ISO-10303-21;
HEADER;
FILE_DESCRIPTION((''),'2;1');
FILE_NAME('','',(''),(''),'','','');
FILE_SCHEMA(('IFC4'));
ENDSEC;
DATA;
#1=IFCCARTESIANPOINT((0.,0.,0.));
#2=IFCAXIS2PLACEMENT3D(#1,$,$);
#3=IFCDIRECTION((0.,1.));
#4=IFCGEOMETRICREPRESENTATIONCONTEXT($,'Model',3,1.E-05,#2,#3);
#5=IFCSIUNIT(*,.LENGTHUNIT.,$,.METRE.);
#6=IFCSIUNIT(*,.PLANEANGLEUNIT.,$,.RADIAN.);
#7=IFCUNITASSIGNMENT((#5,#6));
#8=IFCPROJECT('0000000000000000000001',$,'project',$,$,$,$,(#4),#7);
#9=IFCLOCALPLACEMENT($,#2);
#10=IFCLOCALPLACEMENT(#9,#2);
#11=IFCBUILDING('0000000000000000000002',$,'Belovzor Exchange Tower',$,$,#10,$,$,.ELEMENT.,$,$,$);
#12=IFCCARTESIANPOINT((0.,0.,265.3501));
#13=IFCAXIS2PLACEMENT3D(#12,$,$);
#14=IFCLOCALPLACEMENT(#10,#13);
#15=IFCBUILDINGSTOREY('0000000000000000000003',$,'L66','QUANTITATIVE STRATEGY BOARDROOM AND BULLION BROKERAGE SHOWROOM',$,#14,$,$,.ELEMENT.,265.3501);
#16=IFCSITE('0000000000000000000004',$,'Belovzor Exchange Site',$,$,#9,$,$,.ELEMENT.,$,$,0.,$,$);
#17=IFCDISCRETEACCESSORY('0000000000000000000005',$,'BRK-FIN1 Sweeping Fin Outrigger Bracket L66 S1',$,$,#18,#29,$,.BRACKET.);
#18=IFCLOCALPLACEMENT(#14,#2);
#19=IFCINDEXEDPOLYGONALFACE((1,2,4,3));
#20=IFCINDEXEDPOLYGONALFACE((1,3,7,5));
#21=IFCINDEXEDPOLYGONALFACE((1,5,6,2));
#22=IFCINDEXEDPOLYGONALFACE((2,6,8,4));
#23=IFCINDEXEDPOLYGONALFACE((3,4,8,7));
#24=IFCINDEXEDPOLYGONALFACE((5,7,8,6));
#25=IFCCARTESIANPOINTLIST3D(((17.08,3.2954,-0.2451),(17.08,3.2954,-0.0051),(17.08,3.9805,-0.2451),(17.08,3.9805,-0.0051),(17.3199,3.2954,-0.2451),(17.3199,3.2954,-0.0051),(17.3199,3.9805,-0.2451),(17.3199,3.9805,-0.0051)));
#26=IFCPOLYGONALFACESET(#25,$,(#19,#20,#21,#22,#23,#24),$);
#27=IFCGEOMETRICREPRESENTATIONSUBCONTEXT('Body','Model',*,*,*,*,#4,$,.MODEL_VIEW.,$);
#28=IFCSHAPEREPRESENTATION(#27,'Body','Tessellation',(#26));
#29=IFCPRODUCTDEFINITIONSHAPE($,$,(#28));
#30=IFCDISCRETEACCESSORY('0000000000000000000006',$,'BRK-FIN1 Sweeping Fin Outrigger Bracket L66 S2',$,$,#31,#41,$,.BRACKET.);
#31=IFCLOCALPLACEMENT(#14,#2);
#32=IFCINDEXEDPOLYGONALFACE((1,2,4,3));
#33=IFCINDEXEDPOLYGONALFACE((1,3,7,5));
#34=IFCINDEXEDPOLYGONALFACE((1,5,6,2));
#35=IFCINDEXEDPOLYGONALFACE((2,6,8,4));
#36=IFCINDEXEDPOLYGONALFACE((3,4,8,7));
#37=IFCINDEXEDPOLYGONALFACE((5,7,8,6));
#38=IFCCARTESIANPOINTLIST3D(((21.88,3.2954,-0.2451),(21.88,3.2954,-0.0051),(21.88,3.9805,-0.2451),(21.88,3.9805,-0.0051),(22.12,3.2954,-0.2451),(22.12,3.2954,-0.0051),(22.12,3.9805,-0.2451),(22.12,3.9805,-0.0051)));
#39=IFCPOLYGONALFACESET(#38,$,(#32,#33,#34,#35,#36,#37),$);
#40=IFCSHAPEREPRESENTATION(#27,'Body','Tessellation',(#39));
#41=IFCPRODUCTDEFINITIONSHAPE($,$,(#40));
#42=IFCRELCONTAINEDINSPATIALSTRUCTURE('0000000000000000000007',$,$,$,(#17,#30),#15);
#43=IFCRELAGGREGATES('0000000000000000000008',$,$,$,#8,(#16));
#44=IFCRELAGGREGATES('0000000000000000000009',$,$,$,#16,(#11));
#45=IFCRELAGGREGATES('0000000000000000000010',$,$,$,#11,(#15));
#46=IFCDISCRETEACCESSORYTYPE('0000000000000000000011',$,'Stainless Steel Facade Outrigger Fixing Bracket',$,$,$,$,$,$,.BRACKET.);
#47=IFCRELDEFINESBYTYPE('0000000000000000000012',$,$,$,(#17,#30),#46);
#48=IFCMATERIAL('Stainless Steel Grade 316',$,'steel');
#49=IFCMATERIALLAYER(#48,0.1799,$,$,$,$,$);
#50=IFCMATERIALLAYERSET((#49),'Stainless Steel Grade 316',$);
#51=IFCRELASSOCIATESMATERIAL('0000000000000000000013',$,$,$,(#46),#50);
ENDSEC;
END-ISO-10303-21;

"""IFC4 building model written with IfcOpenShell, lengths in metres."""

from ifc_helpers import new_model, si_unit, direction, frame, origin, origin_2d, place, context, subcontext, project, spatial, rectangle, extrude, material, layer, layer_set, type_object, element, save


model = new_model("IFC4")

# Units and contexts
model_context = context("Model", 3, precision=1e-05, world=origin(), true_north=direction((0.0, 1.0)))
body_context = subcontext(model_context, "Body", "Model", "MODEL_VIEW")
ifc_project = project(units=[si_unit("LENGTHUNIT", "METRE"), si_unit("PLANEANGLEUNIT", "RADIAN")], contexts=[model_context])

# Site, building, storey
site_placement = place(None, origin())
site = spatial("IfcSite", under=ifc_project, at=site_placement, Name="Belovzor Exchange Site", CompositionType="ELEMENT", RefElevation=0.0)
building_placement = place(site_placement, origin())
building = spatial("IfcBuilding", under=site, at=building_placement, Name="Belovzor Exchange Tower", CompositionType="ELEMENT")
storey_placement = place(building_placement, frame((0.0, 0.0, 265.3501)))
storey = spatial("IfcBuildingStorey", under=building, at=storey_placement, Name="L66", Description="QUANTITATIVE STRATEGY BOARDROOM AND BULLION BROKERAGE SHOWROOM", CompositionType="ELEMENT", Elevation=265.3501)

# Discrete accessories
ifc_material_1 = material(Name="Stainless Steel Grade 316", Category="steel")
ifc_layer_1 = layer(ifc_material_1, 0.1799)
ifc_layer_set_1 = layer_set([ifc_layer_1], Name="Stainless Steel Grade 316")
discrete_accessory_type = type_object("IfcDiscreteAccessoryType", Name="Stainless Steel Facade Outrigger Fixing Bracket", PredefinedType="BRACKET", material=ifc_layer_set_1)
for number, where, z_axis, x_axis, name in (
    (1, (17.2, 3.6379, -0.2451), (0.0, 0.0, 1.0), (0.0, 1.0, 0.0), "BRK-FIN1 Sweeping Fin Outrigger Bracket L66 S1"),
    (2, (22.0, 3.6379, -0.2451), (0.0, 0.0, 1.0), (0.0, 1.0, 0.0), "BRK-FIN1 Sweeping Fin Outrigger Bracket L66 S2"),
):
    element("IfcDiscreteAccessory", number, at=place(storey_placement, frame(where, z_axis=z_axis, x_axis=x_axis)), inside=storey, type_object=discrete_accessory_type, Name=name, PredefinedType="BRACKET", context=body_context, shape_type="SweptSolid", body=[
        extrude(rectangle(XDim=0.6851, YDim=0.24, at=origin_2d()), origin(), (0.0, 0.0, 1.0), 0.24),
    ])

save(model, "model.ifc")
